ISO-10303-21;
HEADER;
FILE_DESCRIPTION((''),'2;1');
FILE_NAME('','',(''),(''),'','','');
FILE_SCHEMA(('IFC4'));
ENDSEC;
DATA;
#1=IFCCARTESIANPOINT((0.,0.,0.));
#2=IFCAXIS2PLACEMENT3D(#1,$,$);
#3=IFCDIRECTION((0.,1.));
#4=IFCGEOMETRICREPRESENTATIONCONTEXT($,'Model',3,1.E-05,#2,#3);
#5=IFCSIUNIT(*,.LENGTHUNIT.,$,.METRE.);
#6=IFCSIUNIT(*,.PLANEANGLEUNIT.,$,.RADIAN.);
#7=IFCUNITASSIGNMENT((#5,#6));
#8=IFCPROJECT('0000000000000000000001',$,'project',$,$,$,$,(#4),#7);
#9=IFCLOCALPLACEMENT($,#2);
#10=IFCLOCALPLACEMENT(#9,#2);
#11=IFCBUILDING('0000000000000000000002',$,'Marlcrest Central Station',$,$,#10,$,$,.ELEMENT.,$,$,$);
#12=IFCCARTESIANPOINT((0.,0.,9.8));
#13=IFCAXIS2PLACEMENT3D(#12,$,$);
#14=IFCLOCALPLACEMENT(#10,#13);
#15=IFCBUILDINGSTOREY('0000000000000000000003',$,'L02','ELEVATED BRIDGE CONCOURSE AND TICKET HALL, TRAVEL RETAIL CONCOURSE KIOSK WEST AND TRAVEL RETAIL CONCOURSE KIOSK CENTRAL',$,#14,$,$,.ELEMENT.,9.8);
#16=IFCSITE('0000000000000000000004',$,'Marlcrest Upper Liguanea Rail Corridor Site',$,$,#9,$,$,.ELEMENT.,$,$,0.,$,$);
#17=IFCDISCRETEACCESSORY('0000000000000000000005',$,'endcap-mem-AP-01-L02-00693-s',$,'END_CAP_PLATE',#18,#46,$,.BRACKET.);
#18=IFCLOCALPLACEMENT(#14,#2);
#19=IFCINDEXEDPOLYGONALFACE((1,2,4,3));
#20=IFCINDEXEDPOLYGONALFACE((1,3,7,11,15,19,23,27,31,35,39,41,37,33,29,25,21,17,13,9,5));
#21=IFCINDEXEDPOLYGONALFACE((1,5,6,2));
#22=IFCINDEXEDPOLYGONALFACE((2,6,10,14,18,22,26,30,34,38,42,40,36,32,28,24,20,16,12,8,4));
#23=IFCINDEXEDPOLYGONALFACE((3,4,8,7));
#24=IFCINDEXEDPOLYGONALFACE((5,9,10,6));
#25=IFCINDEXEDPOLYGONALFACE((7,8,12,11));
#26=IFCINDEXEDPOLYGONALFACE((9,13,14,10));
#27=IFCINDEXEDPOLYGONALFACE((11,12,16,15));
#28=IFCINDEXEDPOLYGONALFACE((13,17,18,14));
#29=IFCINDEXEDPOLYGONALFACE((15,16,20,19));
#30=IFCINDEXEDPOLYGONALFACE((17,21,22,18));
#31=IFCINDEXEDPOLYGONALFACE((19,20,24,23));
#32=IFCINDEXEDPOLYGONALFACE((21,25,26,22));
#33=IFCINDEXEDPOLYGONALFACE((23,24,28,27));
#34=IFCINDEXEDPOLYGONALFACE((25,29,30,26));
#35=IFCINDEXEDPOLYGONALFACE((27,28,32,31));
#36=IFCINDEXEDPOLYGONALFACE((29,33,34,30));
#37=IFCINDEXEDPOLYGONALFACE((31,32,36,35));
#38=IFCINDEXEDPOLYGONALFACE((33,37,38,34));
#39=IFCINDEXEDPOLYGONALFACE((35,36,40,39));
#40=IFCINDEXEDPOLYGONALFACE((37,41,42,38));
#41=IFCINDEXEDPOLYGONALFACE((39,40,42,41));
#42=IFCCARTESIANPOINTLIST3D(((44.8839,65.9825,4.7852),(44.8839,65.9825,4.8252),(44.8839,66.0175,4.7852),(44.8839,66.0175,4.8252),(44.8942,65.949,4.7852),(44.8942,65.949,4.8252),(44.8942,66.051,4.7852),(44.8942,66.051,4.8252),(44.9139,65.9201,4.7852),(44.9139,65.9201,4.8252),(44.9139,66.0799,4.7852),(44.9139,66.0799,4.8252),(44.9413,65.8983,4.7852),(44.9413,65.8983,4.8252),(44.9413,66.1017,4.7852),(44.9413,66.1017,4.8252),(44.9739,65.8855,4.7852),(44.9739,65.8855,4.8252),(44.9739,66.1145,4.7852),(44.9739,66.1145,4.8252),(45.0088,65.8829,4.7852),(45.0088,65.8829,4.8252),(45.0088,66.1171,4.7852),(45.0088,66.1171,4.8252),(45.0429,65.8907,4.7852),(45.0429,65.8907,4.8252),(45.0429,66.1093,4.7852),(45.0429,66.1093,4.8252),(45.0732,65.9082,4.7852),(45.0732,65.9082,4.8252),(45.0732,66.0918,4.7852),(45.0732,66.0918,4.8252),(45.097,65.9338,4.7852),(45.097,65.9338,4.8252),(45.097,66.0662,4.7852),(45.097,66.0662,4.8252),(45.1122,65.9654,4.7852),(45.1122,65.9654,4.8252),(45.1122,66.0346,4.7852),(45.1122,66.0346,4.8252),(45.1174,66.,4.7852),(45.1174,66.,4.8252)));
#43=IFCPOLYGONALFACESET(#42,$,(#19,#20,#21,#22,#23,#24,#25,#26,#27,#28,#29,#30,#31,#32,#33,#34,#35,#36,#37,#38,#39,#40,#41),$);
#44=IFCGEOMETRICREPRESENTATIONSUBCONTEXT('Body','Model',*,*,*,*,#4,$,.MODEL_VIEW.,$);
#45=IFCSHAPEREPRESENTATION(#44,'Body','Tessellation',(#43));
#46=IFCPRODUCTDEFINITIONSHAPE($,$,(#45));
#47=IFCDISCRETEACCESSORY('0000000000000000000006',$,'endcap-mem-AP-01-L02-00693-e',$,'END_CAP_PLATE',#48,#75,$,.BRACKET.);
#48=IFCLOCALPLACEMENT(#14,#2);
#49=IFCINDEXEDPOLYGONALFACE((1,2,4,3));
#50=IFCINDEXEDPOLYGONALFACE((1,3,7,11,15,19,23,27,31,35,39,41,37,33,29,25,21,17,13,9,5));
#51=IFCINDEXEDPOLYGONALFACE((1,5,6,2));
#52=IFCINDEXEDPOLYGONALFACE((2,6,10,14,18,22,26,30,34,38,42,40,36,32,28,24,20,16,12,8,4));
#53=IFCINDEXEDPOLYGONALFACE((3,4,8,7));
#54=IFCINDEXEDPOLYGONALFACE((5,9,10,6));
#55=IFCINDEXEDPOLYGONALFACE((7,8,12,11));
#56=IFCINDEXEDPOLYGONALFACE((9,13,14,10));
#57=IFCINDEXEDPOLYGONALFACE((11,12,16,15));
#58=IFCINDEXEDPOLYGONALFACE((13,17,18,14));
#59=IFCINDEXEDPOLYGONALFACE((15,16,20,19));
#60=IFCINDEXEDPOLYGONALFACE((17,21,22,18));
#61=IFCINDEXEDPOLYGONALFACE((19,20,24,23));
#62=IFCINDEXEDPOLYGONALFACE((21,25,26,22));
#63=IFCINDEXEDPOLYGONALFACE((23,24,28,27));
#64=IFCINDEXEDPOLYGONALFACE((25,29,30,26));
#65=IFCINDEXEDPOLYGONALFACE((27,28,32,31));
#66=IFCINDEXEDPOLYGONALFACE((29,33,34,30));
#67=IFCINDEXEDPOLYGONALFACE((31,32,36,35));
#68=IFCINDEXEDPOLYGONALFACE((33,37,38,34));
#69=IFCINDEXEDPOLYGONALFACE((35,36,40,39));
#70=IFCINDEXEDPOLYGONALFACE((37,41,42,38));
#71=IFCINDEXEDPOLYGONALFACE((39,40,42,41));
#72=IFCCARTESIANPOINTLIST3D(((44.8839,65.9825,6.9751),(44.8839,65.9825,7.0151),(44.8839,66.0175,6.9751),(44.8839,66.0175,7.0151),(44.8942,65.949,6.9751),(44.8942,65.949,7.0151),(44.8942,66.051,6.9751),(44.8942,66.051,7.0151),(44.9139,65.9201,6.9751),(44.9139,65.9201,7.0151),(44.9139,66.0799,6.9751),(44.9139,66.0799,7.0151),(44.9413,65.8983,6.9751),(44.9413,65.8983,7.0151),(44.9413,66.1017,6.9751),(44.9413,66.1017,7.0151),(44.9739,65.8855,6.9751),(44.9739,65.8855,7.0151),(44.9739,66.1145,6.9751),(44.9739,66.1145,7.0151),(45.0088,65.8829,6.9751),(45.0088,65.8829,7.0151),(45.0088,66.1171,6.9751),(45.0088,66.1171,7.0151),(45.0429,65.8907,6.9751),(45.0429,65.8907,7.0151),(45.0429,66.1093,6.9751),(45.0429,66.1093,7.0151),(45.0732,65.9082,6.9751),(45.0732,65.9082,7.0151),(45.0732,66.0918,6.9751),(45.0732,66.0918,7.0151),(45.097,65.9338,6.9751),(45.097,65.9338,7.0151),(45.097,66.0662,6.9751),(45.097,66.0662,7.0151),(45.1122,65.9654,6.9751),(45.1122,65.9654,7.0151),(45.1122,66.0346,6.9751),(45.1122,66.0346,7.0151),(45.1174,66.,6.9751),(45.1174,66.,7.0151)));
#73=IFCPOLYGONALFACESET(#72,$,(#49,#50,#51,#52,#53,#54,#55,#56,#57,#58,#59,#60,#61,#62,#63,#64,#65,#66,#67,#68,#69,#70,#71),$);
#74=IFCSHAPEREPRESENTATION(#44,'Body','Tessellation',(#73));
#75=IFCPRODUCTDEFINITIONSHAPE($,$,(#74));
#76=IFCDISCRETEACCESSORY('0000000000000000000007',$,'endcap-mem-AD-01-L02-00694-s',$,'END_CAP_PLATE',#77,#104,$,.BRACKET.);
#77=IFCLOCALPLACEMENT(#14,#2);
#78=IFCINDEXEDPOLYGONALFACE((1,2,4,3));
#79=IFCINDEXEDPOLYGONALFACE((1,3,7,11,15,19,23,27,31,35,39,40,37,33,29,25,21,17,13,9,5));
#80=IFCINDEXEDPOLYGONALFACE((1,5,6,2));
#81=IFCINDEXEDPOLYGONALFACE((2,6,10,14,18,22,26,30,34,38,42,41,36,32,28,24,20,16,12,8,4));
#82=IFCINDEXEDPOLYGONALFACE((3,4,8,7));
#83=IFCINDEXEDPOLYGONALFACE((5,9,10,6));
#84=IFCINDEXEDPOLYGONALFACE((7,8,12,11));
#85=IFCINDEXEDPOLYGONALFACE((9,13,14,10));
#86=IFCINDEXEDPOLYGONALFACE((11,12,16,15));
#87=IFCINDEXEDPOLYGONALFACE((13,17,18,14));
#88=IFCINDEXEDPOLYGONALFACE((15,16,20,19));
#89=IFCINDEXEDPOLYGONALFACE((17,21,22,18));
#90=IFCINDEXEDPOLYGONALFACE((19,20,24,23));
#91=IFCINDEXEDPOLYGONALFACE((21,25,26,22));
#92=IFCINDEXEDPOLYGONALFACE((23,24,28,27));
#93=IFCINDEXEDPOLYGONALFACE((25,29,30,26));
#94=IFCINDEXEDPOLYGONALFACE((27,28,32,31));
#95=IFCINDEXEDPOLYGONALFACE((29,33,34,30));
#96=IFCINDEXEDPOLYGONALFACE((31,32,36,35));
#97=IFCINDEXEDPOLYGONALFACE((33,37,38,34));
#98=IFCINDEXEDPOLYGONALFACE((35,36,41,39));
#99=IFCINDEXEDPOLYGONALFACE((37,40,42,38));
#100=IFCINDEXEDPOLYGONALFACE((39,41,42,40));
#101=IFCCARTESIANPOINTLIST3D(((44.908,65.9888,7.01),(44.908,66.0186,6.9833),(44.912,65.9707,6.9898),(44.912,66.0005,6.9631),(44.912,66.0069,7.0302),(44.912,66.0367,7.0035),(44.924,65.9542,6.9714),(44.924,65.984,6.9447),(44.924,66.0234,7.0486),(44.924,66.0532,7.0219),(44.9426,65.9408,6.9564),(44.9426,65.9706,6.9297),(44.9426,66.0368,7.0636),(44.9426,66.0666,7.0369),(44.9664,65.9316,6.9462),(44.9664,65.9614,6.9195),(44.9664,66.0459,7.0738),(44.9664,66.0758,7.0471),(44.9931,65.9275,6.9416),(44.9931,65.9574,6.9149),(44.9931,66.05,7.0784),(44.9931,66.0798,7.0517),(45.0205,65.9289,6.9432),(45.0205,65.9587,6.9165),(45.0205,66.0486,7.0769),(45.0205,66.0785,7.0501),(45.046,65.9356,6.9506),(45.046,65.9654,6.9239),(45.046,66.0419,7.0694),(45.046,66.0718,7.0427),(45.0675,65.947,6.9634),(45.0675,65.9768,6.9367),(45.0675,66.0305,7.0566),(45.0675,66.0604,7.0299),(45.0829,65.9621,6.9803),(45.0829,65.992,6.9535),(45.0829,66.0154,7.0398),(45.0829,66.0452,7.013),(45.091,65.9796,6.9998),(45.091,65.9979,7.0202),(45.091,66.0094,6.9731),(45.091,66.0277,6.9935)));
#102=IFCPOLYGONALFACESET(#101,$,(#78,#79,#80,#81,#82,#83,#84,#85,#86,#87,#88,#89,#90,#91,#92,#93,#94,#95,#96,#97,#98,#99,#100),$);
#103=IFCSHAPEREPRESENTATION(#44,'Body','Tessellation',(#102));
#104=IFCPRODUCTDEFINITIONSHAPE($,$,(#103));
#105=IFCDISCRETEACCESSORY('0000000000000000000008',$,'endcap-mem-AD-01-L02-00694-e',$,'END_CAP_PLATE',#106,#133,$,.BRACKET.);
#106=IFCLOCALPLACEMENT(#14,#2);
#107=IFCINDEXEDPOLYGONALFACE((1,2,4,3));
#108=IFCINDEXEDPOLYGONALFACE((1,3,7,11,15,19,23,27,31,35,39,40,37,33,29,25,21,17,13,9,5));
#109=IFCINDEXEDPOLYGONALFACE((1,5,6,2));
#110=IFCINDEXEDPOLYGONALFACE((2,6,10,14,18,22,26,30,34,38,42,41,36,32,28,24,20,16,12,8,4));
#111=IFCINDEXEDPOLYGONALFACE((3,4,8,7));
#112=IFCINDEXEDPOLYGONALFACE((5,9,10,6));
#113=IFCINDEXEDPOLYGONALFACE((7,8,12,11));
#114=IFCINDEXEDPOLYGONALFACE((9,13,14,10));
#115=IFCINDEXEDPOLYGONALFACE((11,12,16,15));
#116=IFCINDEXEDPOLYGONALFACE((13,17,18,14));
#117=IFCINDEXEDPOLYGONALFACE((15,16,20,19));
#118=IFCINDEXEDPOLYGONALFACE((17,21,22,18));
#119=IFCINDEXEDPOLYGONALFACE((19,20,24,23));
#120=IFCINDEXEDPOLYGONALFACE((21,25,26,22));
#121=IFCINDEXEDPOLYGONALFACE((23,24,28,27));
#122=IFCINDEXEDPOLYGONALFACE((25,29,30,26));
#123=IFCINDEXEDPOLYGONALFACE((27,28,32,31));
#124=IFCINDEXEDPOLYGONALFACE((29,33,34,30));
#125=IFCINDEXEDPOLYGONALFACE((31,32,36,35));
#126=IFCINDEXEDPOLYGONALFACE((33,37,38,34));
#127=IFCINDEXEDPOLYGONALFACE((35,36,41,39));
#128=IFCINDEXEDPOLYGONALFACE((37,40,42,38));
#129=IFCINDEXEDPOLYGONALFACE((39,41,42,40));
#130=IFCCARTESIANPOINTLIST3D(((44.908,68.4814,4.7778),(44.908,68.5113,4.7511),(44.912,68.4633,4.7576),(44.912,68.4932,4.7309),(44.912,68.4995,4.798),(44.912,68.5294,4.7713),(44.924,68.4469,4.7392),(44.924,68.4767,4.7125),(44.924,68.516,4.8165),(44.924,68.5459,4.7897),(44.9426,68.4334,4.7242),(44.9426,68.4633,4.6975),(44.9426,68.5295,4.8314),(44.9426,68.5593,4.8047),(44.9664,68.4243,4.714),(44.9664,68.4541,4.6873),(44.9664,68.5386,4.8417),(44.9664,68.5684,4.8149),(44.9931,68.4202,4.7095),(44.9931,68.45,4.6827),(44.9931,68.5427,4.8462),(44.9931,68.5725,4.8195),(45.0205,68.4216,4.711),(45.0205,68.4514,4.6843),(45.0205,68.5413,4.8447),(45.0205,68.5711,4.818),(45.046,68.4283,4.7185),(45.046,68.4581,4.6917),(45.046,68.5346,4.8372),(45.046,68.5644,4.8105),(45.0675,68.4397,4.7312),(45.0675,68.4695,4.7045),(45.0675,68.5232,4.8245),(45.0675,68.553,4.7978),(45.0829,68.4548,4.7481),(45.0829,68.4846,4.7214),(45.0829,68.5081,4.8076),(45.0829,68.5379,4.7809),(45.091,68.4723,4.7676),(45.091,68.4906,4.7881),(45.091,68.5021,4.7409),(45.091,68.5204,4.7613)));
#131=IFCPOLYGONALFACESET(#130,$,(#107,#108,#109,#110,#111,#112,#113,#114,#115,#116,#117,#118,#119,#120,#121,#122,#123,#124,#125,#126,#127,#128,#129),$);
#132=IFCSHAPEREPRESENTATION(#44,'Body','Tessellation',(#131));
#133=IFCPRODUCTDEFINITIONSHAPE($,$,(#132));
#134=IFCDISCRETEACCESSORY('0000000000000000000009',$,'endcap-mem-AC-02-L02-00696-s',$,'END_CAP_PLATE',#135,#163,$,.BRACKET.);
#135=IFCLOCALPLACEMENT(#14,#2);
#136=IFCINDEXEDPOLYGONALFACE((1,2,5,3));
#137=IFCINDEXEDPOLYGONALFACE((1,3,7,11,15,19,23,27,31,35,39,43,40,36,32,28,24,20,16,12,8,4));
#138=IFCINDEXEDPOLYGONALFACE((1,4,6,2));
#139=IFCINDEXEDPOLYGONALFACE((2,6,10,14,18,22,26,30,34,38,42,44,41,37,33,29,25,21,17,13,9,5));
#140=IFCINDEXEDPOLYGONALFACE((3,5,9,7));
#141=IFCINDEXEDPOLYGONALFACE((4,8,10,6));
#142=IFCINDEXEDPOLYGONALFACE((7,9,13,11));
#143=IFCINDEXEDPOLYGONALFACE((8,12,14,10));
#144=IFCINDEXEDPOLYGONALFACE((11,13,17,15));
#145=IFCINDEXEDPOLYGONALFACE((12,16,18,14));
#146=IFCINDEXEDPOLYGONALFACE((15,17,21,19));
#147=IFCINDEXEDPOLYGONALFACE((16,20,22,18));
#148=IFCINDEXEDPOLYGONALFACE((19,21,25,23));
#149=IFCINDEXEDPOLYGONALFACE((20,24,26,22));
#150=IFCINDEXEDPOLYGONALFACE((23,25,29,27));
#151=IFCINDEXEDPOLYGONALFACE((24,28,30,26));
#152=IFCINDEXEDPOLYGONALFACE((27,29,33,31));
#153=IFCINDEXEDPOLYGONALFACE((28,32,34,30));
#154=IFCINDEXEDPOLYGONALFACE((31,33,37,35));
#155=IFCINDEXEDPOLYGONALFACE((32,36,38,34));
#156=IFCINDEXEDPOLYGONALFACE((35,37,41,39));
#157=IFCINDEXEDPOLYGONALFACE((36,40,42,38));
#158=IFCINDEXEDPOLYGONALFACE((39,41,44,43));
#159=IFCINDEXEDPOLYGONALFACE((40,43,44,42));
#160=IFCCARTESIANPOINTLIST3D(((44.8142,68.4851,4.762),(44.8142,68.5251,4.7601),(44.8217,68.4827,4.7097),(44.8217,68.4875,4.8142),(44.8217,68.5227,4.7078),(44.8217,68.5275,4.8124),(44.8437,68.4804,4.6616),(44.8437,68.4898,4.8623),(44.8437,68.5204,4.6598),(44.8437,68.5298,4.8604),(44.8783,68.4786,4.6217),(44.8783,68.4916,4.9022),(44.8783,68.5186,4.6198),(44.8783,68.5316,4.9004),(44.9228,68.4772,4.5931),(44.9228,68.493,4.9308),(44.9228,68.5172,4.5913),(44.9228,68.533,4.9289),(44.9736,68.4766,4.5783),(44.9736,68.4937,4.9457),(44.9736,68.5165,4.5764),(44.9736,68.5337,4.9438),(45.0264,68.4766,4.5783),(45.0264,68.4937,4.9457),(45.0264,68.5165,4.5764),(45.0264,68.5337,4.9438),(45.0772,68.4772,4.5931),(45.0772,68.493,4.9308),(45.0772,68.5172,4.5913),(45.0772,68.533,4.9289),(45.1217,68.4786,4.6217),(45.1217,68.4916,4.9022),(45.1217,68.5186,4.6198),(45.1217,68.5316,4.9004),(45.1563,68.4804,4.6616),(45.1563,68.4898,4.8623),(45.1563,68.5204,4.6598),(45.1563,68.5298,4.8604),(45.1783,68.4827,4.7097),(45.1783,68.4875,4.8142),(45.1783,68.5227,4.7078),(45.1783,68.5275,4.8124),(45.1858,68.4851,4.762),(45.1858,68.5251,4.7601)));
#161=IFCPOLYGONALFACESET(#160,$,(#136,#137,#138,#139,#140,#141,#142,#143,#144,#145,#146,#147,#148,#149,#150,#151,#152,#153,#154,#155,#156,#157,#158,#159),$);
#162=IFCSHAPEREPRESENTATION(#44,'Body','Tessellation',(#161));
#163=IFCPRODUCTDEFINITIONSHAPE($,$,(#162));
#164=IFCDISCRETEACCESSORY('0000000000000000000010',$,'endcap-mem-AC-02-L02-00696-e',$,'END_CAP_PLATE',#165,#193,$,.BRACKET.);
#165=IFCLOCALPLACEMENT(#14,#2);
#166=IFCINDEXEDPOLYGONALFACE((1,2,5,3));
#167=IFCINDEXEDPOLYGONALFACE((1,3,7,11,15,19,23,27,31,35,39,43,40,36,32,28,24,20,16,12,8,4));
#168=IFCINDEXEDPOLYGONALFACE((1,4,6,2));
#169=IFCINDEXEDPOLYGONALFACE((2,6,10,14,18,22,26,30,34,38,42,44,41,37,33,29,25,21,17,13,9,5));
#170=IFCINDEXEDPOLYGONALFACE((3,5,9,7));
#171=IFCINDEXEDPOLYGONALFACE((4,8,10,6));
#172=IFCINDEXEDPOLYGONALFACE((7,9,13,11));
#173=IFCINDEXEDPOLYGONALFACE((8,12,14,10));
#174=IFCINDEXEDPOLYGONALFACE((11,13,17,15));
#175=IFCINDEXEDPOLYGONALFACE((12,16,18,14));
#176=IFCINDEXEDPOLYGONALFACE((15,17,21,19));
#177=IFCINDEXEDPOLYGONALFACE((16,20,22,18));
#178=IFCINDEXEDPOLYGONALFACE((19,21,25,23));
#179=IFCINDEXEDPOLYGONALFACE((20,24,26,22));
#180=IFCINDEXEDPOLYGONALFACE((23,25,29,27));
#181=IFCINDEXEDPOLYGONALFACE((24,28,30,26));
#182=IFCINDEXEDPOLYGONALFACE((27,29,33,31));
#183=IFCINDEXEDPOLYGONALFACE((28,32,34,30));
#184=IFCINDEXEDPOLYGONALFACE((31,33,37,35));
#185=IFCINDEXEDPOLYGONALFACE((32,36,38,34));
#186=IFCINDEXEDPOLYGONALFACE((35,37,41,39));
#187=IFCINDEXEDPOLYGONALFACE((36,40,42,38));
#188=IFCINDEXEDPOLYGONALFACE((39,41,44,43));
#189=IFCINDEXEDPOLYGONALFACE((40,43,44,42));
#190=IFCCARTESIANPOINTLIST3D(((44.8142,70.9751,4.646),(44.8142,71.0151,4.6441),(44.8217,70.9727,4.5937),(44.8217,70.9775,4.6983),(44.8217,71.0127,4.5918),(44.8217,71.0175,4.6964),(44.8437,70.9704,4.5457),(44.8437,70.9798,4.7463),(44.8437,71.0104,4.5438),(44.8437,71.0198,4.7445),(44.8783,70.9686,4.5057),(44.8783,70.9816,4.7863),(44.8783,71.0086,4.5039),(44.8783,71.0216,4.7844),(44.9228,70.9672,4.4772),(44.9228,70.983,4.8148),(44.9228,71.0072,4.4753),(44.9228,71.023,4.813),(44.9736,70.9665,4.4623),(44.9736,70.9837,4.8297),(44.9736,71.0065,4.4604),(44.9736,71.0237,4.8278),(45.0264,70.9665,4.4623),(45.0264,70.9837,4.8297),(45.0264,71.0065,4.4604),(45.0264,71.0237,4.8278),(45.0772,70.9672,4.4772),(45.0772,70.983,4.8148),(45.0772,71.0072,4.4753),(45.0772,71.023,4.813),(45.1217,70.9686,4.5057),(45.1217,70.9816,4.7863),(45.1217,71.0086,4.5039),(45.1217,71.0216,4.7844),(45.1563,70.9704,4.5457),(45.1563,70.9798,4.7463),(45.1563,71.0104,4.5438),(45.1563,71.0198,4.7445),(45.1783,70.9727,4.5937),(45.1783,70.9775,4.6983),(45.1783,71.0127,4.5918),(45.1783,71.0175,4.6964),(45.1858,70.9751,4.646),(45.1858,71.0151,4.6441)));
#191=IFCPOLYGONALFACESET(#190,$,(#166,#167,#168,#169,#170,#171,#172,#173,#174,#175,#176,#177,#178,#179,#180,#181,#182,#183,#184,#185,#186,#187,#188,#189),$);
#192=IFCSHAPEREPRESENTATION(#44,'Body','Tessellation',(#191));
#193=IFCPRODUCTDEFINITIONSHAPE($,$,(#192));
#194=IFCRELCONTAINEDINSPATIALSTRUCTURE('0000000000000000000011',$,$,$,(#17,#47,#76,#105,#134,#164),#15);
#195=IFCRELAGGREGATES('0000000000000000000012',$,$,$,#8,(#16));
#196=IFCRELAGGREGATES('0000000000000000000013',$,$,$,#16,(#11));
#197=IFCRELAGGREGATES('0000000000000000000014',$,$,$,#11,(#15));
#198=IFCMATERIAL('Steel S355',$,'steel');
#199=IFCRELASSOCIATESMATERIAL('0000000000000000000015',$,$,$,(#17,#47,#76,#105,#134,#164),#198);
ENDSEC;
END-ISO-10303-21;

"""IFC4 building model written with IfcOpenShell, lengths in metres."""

from ifc_helpers import new_model, si_unit, direction, frame, origin, origin_2d, place, context, subcontext, project, spatial, circle, extrude, material, element, save


model = new_model("IFC4")

# Units and contexts
model_context = context("Model", 3, precision=1e-05, world=origin(), true_north=direction((0.0, 1.0)))
body_context = subcontext(model_context, "Body", "Model", "MODEL_VIEW")
ifc_project = project(units=[si_unit("LENGTHUNIT", "METRE"), si_unit("PLANEANGLEUNIT", "RADIAN")], contexts=[model_context])

# Site, building, storey
site_placement = place(None, origin())
site = spatial("IfcSite", under=ifc_project, at=site_placement, Name="Marlcrest Upper Liguanea Rail Corridor Site", CompositionType="ELEMENT", RefElevation=0.0)
building_placement = place(site_placement, origin())
building = spatial("IfcBuilding", under=site, at=building_placement, Name="Marlcrest Central Station", CompositionType="ELEMENT")
storey_placement = place(building_placement, frame((0.0, 0.0, 9.8)))
storey = spatial("IfcBuildingStorey", under=building, at=storey_placement, Name="L02", Description="ELEVATED BRIDGE CONCOURSE AND TICKET HALL, TRAVEL RETAIL CONCOURSE KIOSK WEST AND TRAVEL RETAIL CONCOURSE KIOSK CENTRAL", CompositionType="ELEMENT", Elevation=9.8)

# Shared definitions
ifc_material = material(Name="Steel S355", Category="steel")

# Discrete accessories
for number, where, z_axis, x_axis, name in (
    (1, (45.0, 66.0, 4.7852), (0.0, 0.0, 1.0), (1.0, 0.0, 0.0), "endcap-mem-AP-01-L02-00693-s"),
    (2, (45.0, 66.0, 6.9751), (0.0, 0.0, 1.0), (1.0, 0.0, 0.0), "endcap-mem-AP-01-L02-00693-e"),
):
    element("IfcDiscreteAccessory", number, at=place(storey_placement, frame(where, z_axis=z_axis, x_axis=x_axis)), inside=storey, material=ifc_material, Name=name, ObjectType="END_CAP_PLATE", PredefinedType="BRACKET", context=body_context, shape_type="SweptSolid", body=[
        extrude(circle(Radius=0.1174, at=origin_2d()), origin(), (0.0, 0.0, 1.0), 0.04),
    ])
for number, where, z_axis, x_axis, name in (
    (3, (45.0, 65.9888, 7.01), (0.0, 0.744956, -0.667114), (-1.0, 0.0, 0.0), "endcap-mem-AD-01-L02-00694-s"),
    (4, (45.0, 68.4814, 4.7778), (0.0, 0.744956, -0.667114), (-1.0, 0.0, 0.0), "endcap-mem-AD-01-L02-00694-e"),
):
    element("IfcDiscreteAccessory", number, at=place(storey_placement, frame(where, z_axis=z_axis, x_axis=x_axis)), inside=storey, material=ifc_material, Name=name, ObjectType="END_CAP_PLATE", PredefinedType="BRACKET", context=body_context, shape_type="SweptSolid", body=[
        extrude(circle(Radius=0.092, at=origin_2d()), origin(), (0.0, 0.0, 1.0), 0.04),
    ])
for number, where, z_axis, x_axis, name in (
    (5, (45.0, 68.4851, 4.762), (0.0, 0.998917, -0.046532), (-1.0, 0.0, 0.0), "endcap-mem-AC-02-L02-00696-s"),
    (6, (45.0, 70.9751, 4.646), (0.0, 0.998917, -0.046532), (-1.0, 0.0, 0.0), "endcap-mem-AC-02-L02-00696-e"),
):
    element("IfcDiscreteAccessory", number, at=place(storey_placement, frame(where, z_axis=z_axis, x_axis=x_axis)), inside=storey, material=ifc_material, Name=name, ObjectType="END_CAP_PLATE", PredefinedType="BRACKET", context=body_context, shape_type="SweptSolid", body=[
        extrude(circle(Radius=0.1858, at=origin_2d()), origin(), (0.0, 0.0, 1.0), 0.04),
    ])

save(model, "model.ifc")
